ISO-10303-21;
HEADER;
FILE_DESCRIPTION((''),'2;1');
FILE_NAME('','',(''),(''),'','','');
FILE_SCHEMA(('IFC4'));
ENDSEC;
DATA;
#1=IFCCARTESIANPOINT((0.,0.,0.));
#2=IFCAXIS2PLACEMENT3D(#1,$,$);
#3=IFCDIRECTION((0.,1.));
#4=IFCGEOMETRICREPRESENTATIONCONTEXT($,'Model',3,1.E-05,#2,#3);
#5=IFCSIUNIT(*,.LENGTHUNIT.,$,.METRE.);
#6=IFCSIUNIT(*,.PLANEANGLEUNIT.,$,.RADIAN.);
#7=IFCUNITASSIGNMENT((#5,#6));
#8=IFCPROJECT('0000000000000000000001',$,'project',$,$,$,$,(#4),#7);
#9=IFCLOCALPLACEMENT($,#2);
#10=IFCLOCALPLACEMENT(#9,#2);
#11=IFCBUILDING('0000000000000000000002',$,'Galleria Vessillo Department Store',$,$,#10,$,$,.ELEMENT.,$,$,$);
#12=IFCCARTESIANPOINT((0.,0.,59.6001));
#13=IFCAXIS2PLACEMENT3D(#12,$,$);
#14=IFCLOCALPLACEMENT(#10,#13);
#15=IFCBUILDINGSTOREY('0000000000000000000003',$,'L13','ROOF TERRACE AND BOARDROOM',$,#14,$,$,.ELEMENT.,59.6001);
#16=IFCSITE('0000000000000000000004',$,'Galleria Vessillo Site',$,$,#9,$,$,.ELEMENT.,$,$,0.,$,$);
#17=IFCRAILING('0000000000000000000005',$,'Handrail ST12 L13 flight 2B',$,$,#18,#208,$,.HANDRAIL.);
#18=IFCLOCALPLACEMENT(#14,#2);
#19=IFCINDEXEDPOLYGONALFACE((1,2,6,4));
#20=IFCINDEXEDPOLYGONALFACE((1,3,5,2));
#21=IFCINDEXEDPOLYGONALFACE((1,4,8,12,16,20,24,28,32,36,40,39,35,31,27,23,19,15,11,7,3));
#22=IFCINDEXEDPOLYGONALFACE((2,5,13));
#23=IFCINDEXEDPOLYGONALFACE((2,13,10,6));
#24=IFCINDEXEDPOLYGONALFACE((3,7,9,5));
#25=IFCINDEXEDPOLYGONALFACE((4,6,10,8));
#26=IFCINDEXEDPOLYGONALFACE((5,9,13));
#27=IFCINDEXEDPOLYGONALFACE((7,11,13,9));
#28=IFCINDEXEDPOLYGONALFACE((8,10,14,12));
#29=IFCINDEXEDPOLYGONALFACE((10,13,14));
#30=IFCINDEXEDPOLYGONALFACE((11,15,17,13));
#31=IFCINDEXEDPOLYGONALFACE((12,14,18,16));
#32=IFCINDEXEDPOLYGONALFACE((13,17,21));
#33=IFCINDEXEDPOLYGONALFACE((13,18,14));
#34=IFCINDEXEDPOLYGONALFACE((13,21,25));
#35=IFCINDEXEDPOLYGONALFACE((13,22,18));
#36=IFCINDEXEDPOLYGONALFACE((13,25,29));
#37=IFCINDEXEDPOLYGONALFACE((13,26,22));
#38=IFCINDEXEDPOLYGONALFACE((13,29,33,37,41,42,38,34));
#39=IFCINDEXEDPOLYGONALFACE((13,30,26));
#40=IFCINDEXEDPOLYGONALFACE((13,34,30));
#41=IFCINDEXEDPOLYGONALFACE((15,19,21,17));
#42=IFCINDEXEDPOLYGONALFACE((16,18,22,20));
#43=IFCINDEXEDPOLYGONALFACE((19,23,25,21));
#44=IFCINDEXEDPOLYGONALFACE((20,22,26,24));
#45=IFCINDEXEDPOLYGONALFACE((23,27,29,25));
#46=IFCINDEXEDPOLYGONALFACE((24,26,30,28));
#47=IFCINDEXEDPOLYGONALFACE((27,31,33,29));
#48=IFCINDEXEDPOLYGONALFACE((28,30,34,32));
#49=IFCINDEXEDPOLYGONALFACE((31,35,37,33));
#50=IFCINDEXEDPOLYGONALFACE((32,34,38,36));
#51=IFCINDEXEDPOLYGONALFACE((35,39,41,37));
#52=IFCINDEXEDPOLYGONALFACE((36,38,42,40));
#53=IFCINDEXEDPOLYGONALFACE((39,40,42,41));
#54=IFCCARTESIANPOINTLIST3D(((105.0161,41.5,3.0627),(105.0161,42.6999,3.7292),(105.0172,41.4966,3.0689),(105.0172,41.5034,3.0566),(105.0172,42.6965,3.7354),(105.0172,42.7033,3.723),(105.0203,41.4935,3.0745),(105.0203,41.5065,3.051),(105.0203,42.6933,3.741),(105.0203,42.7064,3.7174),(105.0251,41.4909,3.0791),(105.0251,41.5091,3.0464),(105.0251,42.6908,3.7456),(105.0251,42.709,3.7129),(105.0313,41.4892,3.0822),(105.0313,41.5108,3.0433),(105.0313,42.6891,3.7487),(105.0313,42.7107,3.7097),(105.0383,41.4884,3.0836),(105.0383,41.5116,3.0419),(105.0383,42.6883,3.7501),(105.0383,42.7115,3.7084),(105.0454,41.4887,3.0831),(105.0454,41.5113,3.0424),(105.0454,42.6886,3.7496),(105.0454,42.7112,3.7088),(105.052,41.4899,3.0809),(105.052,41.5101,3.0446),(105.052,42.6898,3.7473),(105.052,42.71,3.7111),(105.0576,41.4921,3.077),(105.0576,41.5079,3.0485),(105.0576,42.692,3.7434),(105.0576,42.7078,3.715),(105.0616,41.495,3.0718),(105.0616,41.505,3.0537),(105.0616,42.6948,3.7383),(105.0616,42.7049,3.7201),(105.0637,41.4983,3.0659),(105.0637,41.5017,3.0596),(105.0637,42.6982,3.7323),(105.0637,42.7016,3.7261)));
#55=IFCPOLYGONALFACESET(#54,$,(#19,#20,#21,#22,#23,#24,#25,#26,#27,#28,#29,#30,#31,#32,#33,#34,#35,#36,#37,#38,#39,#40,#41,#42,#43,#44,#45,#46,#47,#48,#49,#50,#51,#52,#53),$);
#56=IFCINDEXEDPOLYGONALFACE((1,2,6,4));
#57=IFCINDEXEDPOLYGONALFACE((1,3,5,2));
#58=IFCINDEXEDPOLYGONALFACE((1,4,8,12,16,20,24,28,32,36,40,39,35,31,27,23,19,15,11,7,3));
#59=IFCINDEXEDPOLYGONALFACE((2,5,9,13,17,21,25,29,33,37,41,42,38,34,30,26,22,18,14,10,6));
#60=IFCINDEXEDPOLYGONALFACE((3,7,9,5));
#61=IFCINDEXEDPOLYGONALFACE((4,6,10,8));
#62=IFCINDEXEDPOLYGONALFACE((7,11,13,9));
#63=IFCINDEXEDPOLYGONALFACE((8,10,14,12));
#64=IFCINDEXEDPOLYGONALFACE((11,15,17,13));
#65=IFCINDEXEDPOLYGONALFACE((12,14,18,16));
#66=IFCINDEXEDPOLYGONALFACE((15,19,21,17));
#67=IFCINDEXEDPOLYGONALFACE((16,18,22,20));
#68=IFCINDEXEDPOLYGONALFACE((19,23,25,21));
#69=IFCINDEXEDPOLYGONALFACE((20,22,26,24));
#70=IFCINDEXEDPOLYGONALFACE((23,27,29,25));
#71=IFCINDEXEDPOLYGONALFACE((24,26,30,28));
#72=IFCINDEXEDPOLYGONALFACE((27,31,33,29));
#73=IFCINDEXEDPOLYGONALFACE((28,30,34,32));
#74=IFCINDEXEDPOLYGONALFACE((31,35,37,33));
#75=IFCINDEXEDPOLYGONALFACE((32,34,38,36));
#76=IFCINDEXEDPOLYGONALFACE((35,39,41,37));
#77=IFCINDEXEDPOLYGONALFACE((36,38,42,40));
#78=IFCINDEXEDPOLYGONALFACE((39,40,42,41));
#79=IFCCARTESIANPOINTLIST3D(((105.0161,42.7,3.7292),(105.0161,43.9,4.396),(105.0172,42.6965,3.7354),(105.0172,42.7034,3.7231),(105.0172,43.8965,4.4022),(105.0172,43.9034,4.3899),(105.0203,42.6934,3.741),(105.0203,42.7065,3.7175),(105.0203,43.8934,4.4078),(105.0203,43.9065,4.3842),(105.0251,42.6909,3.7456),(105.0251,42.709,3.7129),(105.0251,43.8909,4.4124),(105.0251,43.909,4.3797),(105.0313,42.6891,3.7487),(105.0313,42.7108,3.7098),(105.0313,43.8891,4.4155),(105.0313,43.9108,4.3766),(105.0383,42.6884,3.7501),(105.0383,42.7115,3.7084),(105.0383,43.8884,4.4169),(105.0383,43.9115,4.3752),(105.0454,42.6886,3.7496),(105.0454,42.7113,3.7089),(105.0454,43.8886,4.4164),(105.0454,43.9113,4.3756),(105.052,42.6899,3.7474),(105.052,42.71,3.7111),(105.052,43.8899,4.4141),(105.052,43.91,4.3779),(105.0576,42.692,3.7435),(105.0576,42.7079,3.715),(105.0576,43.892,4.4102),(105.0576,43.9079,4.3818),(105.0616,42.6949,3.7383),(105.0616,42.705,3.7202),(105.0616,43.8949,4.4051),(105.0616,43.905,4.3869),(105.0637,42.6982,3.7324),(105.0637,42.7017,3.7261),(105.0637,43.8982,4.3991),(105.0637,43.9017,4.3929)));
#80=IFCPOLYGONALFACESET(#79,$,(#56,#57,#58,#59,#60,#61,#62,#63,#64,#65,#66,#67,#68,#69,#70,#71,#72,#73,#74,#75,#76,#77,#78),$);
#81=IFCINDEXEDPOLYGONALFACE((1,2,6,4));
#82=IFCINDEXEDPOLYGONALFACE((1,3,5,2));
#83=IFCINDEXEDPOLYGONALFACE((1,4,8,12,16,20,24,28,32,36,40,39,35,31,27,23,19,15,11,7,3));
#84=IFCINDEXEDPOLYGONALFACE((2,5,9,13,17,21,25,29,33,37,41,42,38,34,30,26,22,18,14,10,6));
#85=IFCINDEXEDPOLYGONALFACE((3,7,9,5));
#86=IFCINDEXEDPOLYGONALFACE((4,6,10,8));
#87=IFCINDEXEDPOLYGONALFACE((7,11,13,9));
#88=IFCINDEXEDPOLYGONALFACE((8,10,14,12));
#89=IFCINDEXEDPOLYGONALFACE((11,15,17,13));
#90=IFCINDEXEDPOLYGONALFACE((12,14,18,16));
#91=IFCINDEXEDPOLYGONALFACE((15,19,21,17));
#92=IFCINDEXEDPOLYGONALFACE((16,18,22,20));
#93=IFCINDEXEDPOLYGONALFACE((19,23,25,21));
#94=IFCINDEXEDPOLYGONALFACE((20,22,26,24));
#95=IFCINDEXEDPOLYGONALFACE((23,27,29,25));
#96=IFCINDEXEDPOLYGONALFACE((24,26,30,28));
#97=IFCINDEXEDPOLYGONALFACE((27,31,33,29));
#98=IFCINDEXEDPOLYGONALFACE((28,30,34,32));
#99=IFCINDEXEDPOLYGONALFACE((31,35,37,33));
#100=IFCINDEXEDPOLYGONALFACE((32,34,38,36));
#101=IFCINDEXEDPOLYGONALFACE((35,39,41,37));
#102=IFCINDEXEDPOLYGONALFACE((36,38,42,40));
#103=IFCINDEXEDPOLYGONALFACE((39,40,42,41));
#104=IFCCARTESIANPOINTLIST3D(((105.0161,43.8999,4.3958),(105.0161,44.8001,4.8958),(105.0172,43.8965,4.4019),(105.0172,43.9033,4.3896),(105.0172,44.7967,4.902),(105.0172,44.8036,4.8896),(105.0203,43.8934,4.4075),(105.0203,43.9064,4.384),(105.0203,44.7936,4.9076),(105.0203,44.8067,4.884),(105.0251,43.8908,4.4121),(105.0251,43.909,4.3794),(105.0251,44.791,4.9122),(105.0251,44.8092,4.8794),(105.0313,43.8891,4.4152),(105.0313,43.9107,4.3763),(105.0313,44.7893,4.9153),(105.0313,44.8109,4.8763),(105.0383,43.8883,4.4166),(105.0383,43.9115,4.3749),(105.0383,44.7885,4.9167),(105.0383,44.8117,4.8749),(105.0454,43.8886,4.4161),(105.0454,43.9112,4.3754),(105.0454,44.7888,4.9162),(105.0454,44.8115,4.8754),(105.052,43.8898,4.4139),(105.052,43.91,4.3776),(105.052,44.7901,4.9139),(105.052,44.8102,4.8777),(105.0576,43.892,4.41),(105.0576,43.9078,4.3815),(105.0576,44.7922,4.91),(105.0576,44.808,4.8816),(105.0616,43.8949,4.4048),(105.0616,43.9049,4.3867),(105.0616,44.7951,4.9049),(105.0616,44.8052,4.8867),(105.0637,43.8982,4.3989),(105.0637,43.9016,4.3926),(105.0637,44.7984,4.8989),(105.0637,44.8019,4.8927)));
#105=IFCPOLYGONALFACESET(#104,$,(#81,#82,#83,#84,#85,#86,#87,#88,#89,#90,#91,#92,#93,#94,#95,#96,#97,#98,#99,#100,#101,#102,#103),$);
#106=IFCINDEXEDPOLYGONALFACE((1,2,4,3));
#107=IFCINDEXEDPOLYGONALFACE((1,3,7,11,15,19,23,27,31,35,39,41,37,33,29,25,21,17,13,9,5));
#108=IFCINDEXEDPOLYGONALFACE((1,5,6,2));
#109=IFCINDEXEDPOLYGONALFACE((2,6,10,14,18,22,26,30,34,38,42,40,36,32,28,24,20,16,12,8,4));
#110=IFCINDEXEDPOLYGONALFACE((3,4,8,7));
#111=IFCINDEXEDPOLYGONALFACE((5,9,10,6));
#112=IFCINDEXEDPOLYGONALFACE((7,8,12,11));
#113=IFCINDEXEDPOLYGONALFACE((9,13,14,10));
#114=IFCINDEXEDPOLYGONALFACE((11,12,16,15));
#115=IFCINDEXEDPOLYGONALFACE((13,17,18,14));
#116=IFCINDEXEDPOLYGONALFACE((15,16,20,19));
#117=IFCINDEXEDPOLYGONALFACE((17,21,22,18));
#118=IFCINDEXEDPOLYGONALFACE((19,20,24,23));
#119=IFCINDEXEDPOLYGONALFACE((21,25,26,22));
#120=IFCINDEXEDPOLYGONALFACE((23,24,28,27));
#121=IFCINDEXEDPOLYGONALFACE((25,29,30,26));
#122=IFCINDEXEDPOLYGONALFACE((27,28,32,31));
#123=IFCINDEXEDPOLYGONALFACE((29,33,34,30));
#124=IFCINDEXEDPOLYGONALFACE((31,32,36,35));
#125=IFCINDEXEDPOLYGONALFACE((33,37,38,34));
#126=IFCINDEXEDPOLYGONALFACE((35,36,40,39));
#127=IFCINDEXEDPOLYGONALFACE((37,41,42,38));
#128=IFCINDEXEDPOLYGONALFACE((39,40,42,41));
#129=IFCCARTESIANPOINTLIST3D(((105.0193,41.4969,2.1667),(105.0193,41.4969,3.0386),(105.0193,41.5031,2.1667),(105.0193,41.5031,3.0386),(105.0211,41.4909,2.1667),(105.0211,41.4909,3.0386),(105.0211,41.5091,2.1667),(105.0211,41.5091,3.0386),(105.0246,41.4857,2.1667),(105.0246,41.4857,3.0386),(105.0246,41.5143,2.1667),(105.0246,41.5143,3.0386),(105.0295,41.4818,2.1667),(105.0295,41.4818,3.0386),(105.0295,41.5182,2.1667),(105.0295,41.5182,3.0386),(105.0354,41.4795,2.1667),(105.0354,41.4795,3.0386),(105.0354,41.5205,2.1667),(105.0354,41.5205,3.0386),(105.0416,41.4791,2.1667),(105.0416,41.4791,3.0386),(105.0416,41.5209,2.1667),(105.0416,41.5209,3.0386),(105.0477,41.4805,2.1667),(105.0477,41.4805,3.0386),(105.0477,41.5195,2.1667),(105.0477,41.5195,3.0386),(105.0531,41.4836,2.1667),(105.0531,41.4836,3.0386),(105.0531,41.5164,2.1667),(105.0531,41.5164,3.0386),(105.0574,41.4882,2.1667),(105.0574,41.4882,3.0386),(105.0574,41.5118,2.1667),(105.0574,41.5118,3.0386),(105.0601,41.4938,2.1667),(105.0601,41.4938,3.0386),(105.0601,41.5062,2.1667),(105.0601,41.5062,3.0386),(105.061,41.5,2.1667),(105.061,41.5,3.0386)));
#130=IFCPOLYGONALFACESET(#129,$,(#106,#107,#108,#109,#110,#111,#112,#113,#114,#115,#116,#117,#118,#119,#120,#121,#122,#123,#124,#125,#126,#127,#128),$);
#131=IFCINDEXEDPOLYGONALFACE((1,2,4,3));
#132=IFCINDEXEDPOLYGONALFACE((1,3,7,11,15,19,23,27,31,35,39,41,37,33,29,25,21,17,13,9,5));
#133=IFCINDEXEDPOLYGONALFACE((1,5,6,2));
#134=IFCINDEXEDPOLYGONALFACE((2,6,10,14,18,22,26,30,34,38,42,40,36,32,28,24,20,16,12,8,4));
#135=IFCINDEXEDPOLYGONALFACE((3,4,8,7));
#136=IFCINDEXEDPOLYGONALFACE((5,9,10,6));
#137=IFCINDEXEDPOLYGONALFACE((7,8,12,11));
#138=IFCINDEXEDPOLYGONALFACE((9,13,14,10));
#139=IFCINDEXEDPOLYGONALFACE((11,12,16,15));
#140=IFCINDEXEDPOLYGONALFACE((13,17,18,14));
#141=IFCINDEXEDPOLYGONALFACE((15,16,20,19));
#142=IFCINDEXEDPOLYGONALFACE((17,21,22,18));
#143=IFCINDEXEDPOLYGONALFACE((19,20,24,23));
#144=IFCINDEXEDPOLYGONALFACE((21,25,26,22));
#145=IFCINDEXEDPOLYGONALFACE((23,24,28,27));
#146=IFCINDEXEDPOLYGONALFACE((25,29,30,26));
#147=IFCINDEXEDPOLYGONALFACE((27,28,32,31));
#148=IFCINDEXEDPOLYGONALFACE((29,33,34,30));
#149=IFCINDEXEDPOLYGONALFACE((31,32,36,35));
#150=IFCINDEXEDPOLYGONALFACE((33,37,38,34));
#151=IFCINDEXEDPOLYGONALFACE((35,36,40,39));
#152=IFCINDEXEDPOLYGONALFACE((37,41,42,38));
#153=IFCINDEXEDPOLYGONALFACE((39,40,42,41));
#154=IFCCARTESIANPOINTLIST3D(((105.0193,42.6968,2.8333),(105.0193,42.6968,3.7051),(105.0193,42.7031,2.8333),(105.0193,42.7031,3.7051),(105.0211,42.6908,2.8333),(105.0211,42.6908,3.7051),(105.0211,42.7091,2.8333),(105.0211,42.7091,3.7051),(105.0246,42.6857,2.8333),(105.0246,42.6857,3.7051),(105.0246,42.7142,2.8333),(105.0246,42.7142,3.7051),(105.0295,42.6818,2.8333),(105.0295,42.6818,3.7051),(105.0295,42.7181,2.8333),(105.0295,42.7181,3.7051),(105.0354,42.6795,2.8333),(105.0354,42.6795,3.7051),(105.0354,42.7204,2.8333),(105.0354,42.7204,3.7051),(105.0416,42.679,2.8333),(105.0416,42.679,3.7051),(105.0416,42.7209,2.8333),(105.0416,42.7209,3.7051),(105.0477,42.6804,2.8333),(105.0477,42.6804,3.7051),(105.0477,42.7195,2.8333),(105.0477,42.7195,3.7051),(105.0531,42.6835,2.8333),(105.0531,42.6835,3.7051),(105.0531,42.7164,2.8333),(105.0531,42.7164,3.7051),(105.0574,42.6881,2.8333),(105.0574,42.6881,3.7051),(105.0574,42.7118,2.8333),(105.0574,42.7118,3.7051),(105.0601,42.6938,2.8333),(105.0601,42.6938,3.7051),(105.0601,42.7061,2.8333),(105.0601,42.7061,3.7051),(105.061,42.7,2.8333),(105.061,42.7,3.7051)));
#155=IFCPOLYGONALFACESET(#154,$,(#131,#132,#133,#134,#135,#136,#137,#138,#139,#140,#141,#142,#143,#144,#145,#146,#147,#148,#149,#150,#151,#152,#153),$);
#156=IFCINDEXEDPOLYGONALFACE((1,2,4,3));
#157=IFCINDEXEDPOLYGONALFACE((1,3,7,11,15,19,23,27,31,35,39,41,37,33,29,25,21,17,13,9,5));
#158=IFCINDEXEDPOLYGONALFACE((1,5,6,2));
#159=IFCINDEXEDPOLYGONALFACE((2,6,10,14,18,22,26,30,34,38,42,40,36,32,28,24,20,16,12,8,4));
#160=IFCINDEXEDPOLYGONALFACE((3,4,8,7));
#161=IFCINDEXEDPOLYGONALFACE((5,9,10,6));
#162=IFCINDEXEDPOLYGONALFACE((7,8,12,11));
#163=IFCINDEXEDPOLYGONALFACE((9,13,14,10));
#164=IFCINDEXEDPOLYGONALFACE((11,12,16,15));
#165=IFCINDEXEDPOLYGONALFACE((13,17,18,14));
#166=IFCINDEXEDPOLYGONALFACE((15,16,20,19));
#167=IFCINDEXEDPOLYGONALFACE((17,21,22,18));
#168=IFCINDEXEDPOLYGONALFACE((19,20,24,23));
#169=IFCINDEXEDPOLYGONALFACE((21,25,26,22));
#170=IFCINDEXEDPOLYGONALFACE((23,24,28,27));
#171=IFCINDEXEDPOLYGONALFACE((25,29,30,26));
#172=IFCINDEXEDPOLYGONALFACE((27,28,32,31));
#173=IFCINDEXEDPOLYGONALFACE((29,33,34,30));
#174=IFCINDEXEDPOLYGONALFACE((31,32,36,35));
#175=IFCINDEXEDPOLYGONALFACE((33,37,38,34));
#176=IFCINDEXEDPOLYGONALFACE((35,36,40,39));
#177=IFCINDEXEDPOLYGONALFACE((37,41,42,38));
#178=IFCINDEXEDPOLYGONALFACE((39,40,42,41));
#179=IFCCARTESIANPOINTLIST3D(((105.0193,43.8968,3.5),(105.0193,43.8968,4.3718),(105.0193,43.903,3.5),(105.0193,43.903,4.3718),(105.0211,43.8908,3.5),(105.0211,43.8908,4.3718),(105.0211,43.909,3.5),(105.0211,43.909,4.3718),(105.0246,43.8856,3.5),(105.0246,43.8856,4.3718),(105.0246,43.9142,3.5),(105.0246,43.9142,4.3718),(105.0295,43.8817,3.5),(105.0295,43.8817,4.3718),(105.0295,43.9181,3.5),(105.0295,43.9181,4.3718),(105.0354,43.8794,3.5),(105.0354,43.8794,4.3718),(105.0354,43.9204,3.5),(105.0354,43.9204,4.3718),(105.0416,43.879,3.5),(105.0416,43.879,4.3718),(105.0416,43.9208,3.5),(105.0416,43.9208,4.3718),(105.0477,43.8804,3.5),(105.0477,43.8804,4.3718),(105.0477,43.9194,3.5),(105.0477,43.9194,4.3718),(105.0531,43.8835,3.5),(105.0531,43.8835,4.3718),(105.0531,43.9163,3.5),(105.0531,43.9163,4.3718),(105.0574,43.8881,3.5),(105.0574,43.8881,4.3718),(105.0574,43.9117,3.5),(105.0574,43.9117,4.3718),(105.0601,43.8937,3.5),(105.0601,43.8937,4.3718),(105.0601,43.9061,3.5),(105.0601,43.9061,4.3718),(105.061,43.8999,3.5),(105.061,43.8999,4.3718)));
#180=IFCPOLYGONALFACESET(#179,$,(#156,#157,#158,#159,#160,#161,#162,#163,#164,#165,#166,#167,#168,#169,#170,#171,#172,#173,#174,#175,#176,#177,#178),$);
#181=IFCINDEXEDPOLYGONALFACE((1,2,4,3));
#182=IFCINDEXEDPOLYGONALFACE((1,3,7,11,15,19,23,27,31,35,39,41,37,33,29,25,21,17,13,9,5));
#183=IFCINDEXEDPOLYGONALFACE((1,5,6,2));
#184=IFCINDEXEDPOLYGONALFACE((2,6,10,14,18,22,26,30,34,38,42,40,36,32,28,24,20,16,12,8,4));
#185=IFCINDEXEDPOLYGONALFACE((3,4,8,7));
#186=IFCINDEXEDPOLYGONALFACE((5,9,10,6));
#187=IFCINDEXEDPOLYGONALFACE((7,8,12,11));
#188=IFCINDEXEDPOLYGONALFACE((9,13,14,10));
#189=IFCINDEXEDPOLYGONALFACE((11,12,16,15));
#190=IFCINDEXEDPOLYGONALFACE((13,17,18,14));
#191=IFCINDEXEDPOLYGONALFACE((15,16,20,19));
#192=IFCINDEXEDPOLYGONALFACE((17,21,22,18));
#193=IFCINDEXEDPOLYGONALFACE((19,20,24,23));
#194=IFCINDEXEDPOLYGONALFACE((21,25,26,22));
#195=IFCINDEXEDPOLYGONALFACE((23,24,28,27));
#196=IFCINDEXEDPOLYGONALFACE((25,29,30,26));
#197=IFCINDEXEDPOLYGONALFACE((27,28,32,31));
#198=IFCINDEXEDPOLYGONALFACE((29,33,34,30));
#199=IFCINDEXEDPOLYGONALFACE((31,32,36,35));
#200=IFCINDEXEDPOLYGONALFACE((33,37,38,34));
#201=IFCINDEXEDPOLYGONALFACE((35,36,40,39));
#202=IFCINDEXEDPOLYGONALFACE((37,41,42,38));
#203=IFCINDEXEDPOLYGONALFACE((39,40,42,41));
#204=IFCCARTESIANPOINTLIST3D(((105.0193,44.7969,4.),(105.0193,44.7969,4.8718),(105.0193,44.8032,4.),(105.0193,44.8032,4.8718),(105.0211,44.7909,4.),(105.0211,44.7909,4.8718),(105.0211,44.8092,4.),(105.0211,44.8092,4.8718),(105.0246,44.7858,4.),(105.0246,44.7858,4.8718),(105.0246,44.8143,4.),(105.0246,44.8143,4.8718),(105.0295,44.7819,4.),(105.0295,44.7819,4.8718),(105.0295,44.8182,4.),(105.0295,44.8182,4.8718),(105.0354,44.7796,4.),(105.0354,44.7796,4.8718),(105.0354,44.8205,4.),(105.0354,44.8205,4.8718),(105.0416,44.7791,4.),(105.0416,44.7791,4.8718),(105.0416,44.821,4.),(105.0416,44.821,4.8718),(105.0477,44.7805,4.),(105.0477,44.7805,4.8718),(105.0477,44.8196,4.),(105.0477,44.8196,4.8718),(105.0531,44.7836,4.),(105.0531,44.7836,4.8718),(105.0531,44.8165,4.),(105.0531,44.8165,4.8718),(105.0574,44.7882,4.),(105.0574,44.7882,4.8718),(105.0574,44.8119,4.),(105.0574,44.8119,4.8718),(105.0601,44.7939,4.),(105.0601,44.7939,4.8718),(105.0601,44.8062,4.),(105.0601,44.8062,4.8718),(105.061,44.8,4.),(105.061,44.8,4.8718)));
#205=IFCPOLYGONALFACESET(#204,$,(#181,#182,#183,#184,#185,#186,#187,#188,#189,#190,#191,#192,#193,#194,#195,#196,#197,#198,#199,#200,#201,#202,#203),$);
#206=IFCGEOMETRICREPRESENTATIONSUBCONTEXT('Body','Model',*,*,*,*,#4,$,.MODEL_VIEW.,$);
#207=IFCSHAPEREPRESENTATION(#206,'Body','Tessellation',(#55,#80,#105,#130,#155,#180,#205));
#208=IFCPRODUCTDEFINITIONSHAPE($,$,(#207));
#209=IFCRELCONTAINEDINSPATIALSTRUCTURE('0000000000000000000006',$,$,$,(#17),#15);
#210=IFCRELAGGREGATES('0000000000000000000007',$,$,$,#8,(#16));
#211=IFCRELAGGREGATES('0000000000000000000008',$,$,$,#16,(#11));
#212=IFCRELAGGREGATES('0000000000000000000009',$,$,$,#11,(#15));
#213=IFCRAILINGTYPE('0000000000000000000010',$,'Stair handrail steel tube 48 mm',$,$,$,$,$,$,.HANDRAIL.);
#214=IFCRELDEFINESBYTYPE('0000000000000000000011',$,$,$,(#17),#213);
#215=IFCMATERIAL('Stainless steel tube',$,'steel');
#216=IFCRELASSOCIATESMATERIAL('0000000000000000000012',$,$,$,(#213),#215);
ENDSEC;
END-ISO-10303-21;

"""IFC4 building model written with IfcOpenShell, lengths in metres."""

from ifc_helpers import new_model, si_unit, direction, frame, origin, origin_2d, place, context, subcontext, project, spatial, circle, extrude, material, type_object, element, save


model = new_model("IFC4")

# Units and contexts
model_context = context("Model", 3, precision=1e-05, world=origin(), true_north=direction((0.0, 1.0)))
body_context = subcontext(model_context, "Body", "Model", "MODEL_VIEW")
ifc_project = project(units=[si_unit("LENGTHUNIT", "METRE"), si_unit("PLANEANGLEUNIT", "RADIAN")], contexts=[model_context])

# Site, building, storey
site_placement = place(None, origin())
site = spatial("IfcSite", under=ifc_project, at=site_placement, Name="Galleria Vessillo Site", CompositionType="ELEMENT", RefElevation=0.0)
building_placement = place(site_placement, origin())
building = spatial("IfcBuilding", under=site, at=building_placement, Name="Galleria Vessillo Department Store", CompositionType="ELEMENT")
storey_placement = place(building_placement, frame((0.0, 0.0, 59.6001)))
storey = spatial("IfcBuildingStorey", under=building, at=storey_placement, Name="L13", Description="ROOF TERRACE AND BOARDROOM", CompositionType="ELEMENT", Elevation=59.6001)

# Railing
ifc_material_1 = material(Name="Stainless steel tube", Category="steel")
railing_type = type_object("IfcRailingType", Name="Stair handrail steel tube 48 mm", PredefinedType="HANDRAIL", material=ifc_material_1)
for number, where, name in (
    (1, (105.04, 41.5, 2.1667), "Handrail ST12 L13 flight 2B"),
):
    element("IfcRailing", number, at=place(storey_placement, frame(where)), inside=storey, type_object=railing_type, Name=name, PredefinedType="HANDRAIL", context=body_context, shape_type="SweptSolid", body=[
        extrude(circle(Radius=0.0239, at=origin_2d()), frame((0.0, 0.0, 0.896), z_axis=(0.0, 0.874199, 0.485567), x_axis=(-1.0, 0.0, 0.0)), (0.0, 0.0, 1.0), 1.3726),
        extrude(circle(Radius=0.0239, at=origin_2d()), frame((0.0, 1.2, 1.5625), z_axis=(0.0, 0.874124, 0.485703), x_axis=(-1.0, 0.0, 0.0)), (0.0, 0.0, 1.0), 1.3728),
        extrude(circle(Radius=0.0239, at=origin_2d()), frame((0.0, 2.3999, 2.229), z_axis=(0.0, 0.874191, 0.485583), x_axis=(-1.0, 0.0, 0.0)), (0.0, 0.0, 1.0), 1.0298),
        extrude(circle(Radius=0.021, at=origin_2d()), origin(), (0.0, 0.0, 1.0), 0.8718),
        extrude(circle(Radius=0.021, at=origin_2d()), frame((0.0, 1.2, 0.6665)), (0.0, 0.0, 1.0), 0.8718),
        extrude(circle(Radius=0.021, at=origin_2d()), frame((0.0, 2.3999, 1.3333)), (0.0, 0.0, 1.0), 0.8718),
        extrude(circle(Radius=0.021, at=origin_2d()), frame((0.0, 3.3, 1.8333)), (0.0, 0.0, 1.0), 0.8718),
    ])

save(model, "model.ifc")
